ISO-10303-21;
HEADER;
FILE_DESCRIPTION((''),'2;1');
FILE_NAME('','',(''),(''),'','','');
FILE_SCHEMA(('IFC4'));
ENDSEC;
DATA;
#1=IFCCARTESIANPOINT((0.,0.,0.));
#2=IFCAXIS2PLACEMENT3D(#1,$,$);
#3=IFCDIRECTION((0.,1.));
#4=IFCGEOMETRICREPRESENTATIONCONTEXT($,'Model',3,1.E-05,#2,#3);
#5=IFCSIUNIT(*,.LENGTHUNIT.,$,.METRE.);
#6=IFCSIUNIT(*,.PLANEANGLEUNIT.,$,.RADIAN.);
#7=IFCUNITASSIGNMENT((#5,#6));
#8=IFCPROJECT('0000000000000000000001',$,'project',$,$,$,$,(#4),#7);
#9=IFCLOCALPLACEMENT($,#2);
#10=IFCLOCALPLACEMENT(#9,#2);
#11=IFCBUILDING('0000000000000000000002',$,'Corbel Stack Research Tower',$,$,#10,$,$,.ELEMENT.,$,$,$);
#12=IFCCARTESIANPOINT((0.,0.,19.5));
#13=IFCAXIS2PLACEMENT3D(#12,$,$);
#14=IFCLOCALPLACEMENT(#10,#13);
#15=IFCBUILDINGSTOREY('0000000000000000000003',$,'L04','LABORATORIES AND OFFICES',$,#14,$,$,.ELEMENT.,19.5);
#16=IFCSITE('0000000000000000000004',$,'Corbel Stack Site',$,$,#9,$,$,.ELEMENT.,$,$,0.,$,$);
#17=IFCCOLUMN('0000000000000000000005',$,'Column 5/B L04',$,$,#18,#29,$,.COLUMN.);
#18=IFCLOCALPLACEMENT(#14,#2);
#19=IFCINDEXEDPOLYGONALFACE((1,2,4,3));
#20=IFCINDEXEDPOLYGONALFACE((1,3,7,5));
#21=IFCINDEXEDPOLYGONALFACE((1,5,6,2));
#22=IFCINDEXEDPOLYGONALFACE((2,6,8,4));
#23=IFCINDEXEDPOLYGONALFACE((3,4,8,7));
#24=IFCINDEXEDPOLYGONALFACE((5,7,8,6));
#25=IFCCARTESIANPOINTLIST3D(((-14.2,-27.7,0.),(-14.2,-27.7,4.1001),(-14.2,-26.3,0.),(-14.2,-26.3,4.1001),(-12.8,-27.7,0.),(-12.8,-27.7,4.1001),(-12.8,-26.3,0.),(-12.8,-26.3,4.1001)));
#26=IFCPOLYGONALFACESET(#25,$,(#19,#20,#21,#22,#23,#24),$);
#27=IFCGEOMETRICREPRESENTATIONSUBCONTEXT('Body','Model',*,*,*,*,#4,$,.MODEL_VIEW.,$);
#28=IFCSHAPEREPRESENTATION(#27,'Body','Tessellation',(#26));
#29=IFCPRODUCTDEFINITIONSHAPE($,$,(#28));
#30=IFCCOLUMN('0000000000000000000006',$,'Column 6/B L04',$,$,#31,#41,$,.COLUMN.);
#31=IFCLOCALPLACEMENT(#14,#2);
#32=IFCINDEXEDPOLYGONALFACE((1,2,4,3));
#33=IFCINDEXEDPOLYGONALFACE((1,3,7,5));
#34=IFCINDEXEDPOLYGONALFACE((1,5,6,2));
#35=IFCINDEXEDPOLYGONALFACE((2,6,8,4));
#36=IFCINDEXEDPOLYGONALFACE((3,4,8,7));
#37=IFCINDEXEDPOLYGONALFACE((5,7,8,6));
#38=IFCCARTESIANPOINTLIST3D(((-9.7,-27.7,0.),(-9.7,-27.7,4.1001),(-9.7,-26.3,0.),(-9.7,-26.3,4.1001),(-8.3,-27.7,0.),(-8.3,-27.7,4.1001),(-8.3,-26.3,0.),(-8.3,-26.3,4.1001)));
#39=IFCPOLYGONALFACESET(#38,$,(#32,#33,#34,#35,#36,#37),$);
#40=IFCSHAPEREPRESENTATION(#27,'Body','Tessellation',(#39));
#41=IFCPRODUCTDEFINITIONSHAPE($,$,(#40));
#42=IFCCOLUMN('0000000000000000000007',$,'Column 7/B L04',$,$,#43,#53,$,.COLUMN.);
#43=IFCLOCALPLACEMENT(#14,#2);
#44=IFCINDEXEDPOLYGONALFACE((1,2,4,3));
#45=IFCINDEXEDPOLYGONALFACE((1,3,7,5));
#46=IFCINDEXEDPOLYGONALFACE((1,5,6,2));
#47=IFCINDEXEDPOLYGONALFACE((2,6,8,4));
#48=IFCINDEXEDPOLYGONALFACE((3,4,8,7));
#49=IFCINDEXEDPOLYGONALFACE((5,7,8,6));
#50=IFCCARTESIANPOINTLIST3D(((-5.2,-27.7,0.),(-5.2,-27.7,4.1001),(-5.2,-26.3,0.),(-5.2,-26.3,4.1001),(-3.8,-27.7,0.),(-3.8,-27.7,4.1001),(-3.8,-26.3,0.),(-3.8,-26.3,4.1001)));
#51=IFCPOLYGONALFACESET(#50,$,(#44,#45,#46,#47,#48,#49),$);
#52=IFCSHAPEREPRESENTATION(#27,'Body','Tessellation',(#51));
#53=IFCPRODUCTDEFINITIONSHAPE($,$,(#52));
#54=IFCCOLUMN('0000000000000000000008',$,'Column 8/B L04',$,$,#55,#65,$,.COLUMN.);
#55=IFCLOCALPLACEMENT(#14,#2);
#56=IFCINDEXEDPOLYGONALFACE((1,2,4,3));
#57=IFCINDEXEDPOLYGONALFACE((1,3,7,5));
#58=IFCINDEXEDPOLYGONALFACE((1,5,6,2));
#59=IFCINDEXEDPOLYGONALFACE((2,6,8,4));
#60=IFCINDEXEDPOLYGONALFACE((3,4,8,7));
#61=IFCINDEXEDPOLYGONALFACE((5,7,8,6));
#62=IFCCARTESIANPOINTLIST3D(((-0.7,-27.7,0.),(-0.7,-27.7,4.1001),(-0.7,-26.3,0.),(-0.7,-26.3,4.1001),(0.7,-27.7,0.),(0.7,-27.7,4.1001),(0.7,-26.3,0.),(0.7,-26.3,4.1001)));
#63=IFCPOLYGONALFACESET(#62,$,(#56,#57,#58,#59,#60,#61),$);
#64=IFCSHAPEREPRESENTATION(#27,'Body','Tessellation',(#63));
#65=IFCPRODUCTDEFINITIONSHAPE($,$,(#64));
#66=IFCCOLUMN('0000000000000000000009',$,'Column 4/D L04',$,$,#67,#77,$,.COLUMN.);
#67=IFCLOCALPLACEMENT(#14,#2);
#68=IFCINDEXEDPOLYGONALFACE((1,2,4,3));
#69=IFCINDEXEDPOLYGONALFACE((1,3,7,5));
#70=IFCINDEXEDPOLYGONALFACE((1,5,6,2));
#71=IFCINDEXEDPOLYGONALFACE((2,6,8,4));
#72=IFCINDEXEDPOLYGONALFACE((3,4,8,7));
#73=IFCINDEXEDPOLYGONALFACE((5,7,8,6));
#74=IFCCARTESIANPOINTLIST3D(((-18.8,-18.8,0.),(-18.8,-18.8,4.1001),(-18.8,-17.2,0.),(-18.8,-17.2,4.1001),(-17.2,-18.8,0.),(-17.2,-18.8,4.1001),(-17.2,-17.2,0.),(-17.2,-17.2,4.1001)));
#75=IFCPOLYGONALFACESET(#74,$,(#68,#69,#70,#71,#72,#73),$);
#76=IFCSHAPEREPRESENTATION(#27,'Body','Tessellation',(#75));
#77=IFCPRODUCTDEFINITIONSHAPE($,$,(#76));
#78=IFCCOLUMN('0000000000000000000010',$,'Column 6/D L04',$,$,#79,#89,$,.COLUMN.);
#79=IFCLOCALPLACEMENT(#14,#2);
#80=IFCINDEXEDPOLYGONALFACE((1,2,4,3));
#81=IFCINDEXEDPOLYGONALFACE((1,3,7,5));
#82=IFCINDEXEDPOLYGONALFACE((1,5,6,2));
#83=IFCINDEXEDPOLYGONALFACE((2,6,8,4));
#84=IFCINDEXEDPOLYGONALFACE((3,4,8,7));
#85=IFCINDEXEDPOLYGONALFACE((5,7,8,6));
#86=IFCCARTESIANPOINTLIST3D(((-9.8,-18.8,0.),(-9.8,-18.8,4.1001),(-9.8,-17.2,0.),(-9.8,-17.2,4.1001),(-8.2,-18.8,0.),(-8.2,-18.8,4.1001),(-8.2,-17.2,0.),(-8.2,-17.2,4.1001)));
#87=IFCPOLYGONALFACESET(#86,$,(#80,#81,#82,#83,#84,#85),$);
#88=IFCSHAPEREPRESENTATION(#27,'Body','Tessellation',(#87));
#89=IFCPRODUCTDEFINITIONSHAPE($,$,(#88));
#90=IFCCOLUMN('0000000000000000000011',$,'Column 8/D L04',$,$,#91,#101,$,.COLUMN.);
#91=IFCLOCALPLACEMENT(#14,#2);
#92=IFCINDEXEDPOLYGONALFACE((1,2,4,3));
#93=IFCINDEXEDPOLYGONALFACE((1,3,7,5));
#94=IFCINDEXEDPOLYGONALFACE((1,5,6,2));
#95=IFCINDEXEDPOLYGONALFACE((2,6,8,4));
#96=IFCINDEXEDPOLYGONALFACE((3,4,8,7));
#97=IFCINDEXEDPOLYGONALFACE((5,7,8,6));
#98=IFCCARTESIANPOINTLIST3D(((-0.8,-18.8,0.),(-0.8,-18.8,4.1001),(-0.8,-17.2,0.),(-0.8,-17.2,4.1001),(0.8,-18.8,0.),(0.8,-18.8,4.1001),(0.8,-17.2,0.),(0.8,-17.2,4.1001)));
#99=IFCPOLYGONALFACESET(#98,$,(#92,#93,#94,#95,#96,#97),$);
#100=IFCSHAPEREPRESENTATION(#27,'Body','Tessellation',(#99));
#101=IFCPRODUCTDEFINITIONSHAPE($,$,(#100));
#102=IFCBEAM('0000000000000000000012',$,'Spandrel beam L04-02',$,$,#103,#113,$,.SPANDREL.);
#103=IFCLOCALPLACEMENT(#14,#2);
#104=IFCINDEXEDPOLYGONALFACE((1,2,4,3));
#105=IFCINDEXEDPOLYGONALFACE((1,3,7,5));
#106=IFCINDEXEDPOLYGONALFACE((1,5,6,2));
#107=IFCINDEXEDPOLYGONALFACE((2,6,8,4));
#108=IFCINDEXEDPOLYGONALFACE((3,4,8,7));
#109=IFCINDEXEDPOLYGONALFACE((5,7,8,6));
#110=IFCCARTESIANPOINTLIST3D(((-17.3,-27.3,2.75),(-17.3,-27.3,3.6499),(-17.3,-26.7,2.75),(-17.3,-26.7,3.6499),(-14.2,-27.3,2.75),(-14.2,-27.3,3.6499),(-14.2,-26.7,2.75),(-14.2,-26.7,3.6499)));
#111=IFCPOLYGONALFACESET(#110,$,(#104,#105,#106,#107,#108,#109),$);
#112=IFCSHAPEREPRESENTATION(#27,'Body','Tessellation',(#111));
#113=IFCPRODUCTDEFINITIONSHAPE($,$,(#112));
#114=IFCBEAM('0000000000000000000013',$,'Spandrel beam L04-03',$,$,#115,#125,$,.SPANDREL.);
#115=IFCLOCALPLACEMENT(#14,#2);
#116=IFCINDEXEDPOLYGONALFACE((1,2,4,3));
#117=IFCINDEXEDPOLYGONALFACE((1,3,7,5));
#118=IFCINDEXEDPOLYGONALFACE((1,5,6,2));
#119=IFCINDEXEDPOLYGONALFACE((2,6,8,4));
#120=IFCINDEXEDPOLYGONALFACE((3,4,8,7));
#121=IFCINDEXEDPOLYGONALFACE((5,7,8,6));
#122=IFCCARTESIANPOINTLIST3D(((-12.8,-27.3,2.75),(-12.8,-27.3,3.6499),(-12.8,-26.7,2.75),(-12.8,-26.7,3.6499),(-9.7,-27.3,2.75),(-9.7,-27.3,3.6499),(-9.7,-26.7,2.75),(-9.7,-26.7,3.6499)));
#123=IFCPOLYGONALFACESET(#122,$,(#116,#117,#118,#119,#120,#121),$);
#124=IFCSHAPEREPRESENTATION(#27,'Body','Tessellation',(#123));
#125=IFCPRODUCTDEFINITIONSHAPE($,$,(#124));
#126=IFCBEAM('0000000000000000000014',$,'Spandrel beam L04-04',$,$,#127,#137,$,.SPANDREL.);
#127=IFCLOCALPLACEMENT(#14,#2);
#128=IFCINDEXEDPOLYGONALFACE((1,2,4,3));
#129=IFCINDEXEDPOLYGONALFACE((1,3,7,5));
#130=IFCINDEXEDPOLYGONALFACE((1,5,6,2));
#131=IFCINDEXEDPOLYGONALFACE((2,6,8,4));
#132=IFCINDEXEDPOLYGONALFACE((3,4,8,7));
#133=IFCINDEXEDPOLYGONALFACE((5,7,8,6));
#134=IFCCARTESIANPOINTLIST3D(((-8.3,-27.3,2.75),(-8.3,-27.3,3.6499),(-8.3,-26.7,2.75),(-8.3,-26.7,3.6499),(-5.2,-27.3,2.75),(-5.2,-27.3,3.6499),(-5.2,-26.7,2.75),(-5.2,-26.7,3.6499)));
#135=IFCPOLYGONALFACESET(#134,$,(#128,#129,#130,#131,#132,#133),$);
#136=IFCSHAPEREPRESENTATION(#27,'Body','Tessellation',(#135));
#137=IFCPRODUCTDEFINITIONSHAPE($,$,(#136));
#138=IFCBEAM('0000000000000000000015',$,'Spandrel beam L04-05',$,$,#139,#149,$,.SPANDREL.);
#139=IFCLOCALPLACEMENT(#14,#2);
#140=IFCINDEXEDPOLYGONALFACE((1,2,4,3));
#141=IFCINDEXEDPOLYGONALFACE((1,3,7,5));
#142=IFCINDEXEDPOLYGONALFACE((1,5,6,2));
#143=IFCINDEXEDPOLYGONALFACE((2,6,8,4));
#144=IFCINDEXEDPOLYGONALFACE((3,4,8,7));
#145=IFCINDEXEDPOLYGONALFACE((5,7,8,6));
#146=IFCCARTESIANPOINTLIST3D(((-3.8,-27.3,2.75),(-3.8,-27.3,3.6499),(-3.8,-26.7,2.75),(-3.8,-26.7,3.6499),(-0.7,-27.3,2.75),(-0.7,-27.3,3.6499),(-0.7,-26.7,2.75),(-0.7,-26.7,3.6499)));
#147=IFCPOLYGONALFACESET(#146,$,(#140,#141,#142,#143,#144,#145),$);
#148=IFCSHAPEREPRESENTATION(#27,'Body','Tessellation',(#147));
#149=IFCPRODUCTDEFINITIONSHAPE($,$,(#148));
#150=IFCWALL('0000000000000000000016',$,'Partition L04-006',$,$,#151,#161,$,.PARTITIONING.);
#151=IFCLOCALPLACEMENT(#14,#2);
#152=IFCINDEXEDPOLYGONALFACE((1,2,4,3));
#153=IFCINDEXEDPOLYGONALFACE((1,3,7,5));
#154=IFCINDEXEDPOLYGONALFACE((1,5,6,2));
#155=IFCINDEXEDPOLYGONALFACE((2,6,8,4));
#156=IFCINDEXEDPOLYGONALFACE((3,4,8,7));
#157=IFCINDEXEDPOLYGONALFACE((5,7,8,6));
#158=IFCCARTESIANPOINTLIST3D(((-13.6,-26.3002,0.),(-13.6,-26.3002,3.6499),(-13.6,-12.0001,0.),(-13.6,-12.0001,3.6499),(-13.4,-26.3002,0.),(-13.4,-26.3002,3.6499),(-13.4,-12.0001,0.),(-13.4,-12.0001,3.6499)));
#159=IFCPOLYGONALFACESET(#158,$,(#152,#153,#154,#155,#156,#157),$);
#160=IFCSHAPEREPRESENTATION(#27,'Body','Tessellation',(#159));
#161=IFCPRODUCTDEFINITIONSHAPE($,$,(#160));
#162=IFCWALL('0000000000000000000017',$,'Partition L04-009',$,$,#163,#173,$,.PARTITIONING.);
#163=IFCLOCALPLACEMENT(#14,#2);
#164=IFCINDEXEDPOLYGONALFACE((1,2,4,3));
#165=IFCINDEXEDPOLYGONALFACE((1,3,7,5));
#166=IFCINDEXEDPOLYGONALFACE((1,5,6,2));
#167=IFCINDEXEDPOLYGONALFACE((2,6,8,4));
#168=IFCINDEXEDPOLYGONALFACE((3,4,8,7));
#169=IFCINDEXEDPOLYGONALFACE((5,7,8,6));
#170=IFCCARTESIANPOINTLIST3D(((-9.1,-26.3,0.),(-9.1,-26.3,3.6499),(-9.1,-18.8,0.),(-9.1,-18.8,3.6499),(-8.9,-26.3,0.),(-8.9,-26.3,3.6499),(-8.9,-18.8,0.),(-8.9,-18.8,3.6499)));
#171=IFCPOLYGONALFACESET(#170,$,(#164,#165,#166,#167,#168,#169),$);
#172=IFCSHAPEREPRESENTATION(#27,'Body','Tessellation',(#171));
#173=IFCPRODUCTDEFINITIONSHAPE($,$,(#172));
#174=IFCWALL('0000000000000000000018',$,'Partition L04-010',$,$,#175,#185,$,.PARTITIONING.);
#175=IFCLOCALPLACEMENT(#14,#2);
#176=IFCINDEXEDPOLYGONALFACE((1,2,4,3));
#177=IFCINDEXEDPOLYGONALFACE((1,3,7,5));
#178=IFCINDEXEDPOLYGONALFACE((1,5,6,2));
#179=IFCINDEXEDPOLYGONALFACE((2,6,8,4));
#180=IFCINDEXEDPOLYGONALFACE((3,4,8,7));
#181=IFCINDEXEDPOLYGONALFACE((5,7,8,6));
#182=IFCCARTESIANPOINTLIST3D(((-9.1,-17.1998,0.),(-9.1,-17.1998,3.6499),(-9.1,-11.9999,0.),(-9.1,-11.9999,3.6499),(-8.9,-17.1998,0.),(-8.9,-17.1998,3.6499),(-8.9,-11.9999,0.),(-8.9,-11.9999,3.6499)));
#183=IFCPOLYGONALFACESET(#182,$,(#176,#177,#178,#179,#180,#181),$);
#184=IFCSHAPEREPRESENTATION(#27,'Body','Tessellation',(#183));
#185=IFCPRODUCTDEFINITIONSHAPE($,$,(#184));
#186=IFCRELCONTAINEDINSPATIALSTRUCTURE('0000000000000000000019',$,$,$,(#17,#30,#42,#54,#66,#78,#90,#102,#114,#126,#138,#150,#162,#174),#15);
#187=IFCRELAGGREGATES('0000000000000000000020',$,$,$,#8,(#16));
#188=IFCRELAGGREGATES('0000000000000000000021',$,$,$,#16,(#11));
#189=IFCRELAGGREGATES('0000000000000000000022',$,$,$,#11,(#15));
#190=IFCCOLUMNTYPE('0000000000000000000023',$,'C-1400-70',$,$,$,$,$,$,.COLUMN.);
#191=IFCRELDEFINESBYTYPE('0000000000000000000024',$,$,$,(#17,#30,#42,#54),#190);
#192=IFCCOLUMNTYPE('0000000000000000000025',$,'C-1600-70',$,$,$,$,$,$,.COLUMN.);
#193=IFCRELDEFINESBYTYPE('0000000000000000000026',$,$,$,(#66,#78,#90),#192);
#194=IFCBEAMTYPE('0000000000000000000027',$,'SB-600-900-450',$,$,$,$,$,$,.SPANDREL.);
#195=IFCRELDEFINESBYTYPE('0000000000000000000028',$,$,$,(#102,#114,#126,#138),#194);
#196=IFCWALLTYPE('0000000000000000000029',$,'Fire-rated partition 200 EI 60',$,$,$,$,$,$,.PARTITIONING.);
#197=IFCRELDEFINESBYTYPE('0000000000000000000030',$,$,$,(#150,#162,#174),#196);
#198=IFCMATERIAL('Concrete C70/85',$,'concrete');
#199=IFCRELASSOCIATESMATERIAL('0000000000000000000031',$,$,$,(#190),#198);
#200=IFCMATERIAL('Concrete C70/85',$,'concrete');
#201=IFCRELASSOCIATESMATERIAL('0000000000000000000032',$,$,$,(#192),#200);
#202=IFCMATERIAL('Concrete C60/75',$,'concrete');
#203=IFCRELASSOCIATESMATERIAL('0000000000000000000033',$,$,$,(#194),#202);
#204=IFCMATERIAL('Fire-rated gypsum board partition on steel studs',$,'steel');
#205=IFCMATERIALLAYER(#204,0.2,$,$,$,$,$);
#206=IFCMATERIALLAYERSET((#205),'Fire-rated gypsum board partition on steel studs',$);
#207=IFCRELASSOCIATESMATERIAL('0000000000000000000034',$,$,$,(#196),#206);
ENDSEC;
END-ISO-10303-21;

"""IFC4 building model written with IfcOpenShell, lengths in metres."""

from ifc_helpers import new_model, si_unit, direction, frame, frame_2d, origin, origin_2d, place, context, subcontext, project, spatial, rectangle, extrude, material, layer, layer_set, material_profile, profile_set, type_object, element, save


model = new_model("IFC4")

# Units and contexts
model_context = context("Model", 3, precision=1e-05, world=origin(), true_north=direction((0.0, 1.0)))
body_context = subcontext(model_context, "Body", "Model", "MODEL_VIEW")
ifc_project = project(units=[si_unit("LENGTHUNIT", "METRE"), si_unit("PLANEANGLEUNIT", "RADIAN")], contexts=[model_context])

# Site, building, storey
site_placement = place(None, origin())
site = spatial("IfcSite", under=ifc_project, at=site_placement, Name="Corbel Stack Site", CompositionType="ELEMENT", RefElevation=0.0)
building_placement = place(site_placement, origin())
building = spatial("IfcBuilding", under=site, at=building_placement, Name="Corbel Stack Research Tower", CompositionType="ELEMENT")
storey_placement = place(building_placement, frame((0.0, 0.0, 19.5)))
storey = spatial("IfcBuildingStorey", under=building, at=storey_placement, Name="L04", Description="LABORATORIES AND OFFICES", CompositionType="ELEMENT", Elevation=19.5)

# Columns
ifc_material_1 = material(Name="Concrete C70/85", Category="concrete")
ifc_material_profile_1 = material_profile(ifc_material_1, rectangle(XDim=1.3999, YDim=1.3999, at=origin_2d()), Name="RC 1400 x 1400")
ifc_profile_set_1 = profile_set([ifc_material_profile_1], Name="Concrete C70/85")
column_type_1 = type_object("IfcColumnType", Name="C-1400-70", PredefinedType="COLUMN", material=ifc_profile_set_1)
for number, where, z_axis, x_axis, name in (
    (1, (-13.5, -27.0, 0.0), (0.0, 0.0, 1.0), (1.0, 0.0, 0.0), "Column 5/B L04"),
    (2, (-9.0, -27.0, 0.0), (0.0, 0.0, 1.0), (1.0, 0.0, 0.0), "Column 6/B L04"),
    (3, (-4.5, -27.0, 0.0), (0.0, 0.0, 1.0), (1.0, 0.0, 0.0), "Column 7/B L04"),
    (4, (0.0, -27.0, 0.0), (0.0, 0.0, 1.0), (1.0, 0.0, 0.0), "Column 8/B L04"),
):
    element("IfcColumn", number, at=place(storey_placement, frame(where, z_axis=z_axis, x_axis=x_axis)), inside=storey, type_object=column_type_1, Name=name, PredefinedType="COLUMN", context=body_context, shape_type="SweptSolid", body=[
        extrude(rectangle(XDim=1.3999, YDim=1.3999, at=origin_2d()), origin(), (0.0, 0.0, 1.0), 4.1001),
    ])
ifc_material_2 = material(Name="Concrete C70/85", Category="concrete")
ifc_material_profile_2 = material_profile(ifc_material_2, rectangle(XDim=1.6001, YDim=1.6001, at=origin_2d()), Name="RC 1600 x 1600")
ifc_profile_set_2 = profile_set([ifc_material_profile_2], Name="Concrete C70/85")
column_type_2 = type_object("IfcColumnType", Name="C-1600-70", PredefinedType="COLUMN", material=ifc_profile_set_2)
for number, where, z_axis, x_axis, name in (
    (5, (-18.0, -18.0, 0.0), (0.0, 0.0, 1.0), (1.0, 0.0, 0.0), "Column 4/D L04"),
    (6, (-9.0, -18.0, 0.0), (0.0, 0.0, 1.0), (1.0, 0.0, 0.0), "Column 6/D L04"),
    (7, (0.0, -18.0, 0.0), (0.0, 0.0, 1.0), (1.0, 0.0, 0.0), "Column 8/D L04"),
):
    element("IfcColumn", number, at=place(storey_placement, frame(where, z_axis=z_axis, x_axis=x_axis)), inside=storey, type_object=column_type_2, Name=name, PredefinedType="COLUMN", context=body_context, shape_type="SweptSolid", body=[
        extrude(rectangle(XDim=1.6001, YDim=1.6001, at=origin_2d()), origin(), (0.0, 0.0, 1.0), 4.1001),
    ])

# Beams
ifc_material_3 = material(Name="Concrete C60/75", Category="concrete")
ifc_material_profile_3 = material_profile(ifc_material_3, rectangle(XDim=0.6001, YDim=0.8999, at=origin_2d()), Name="RC 600 x 900")
ifc_profile_set_3 = profile_set([ifc_material_profile_3], Name="Concrete C60/75")
beam_type = type_object("IfcBeamType", Name="SB-600-900-450", PredefinedType="SPANDREL", material=ifc_profile_set_3)
for number, where, z_axis, x_axis, name in (
    (8, (-17.3, -27.0, 3.2), (1.0, 0.0, 0.0), (0.0, 1.0, 0.0), "Spandrel beam L04-02"),
    (9, (-12.8, -27.0, 3.2), (1.0, 0.0, 0.0), (0.0, 1.0, 0.0), "Spandrel beam L04-03"),
    (10, (-8.3, -27.0, 3.2), (1.0, 0.0, 0.0), (0.0, 1.0, 0.0), "Spandrel beam L04-04"),
    (11, (-3.8, -27.0, 3.2), (1.0, 0.0, 0.0), (0.0, 1.0, 0.0), "Spandrel beam L04-05"),
):
    element("IfcBeam", number, at=place(storey_placement, frame(where, z_axis=z_axis, x_axis=x_axis)), inside=storey, type_object=beam_type, Name=name, PredefinedType="SPANDREL", context=body_context, shape_type="SweptSolid", body=[
        extrude(rectangle(XDim=0.6001, YDim=0.8999, at=origin_2d()), origin(), (0.0, 0.0, 1.0), 3.1001),
    ])

# Walls
ifc_material_4 = material(Name="Fire-rated gypsum board partition on steel studs", Category="steel")
ifc_layer_1 = layer(ifc_material_4, 0.2)
ifc_layer_set_1 = layer_set([ifc_layer_1], Name="Fire-rated gypsum board partition on steel studs")
wall_type_1 = type_object("IfcWallType", Name="Fire-rated partition 200 EI 60", PredefinedType="PARTITIONING", material=ifc_layer_set_1)
wall_1_placement = place(storey_placement, frame((-13.5, -26.3, 0.0), z_axis=(0.0, 0.0, 1.0), x_axis=(0.0, 1.0, 0.0)))
element("IfcWall", 12, at=wall_1_placement, inside=storey, type_object=wall_type_1, Name="Partition L04-006", PredefinedType="PARTITIONING", context=body_context, shape_type="SweptSolid", body=[
    extrude(rectangle(XDim=14.3, YDim=0.2, at=frame_2d((7.1499, 0.0))), origin(), (0.0, 0.0, 1.0), 3.6499),
])
wall_2_placement = place(storey_placement, frame((-9.0, -26.3, 0.0), z_axis=(0.0, 0.0, 1.0), x_axis=(0.0, 1.0, 0.0)))
element("IfcWall", 13, at=wall_2_placement, inside=storey, type_object=wall_type_1, Name="Partition L04-009", PredefinedType="PARTITIONING", context=body_context, shape_type="SweptSolid", body=[
    extrude(rectangle(XDim=7.5, YDim=0.2, at=frame_2d((3.75, 0.0))), origin(), (0.0, 0.0, 1.0), 3.6499),
])
wall_3_placement = place(storey_placement, frame((-9.0, -17.2, 0.0), z_axis=(0.0, 0.0, 1.0), x_axis=(0.0, 1.0, 0.0)))
element("IfcWall", 14, at=wall_3_placement, inside=storey, type_object=wall_type_1, Name="Partition L04-010", PredefinedType="PARTITIONING", context=body_context, shape_type="SweptSolid", body=[
    extrude(rectangle(XDim=5.2, YDim=0.2, at=frame_2d((2.6001, 0.0))), origin(), (0.0, 0.0, 1.0), 3.6499),
])

save(model, "model.ifc")
